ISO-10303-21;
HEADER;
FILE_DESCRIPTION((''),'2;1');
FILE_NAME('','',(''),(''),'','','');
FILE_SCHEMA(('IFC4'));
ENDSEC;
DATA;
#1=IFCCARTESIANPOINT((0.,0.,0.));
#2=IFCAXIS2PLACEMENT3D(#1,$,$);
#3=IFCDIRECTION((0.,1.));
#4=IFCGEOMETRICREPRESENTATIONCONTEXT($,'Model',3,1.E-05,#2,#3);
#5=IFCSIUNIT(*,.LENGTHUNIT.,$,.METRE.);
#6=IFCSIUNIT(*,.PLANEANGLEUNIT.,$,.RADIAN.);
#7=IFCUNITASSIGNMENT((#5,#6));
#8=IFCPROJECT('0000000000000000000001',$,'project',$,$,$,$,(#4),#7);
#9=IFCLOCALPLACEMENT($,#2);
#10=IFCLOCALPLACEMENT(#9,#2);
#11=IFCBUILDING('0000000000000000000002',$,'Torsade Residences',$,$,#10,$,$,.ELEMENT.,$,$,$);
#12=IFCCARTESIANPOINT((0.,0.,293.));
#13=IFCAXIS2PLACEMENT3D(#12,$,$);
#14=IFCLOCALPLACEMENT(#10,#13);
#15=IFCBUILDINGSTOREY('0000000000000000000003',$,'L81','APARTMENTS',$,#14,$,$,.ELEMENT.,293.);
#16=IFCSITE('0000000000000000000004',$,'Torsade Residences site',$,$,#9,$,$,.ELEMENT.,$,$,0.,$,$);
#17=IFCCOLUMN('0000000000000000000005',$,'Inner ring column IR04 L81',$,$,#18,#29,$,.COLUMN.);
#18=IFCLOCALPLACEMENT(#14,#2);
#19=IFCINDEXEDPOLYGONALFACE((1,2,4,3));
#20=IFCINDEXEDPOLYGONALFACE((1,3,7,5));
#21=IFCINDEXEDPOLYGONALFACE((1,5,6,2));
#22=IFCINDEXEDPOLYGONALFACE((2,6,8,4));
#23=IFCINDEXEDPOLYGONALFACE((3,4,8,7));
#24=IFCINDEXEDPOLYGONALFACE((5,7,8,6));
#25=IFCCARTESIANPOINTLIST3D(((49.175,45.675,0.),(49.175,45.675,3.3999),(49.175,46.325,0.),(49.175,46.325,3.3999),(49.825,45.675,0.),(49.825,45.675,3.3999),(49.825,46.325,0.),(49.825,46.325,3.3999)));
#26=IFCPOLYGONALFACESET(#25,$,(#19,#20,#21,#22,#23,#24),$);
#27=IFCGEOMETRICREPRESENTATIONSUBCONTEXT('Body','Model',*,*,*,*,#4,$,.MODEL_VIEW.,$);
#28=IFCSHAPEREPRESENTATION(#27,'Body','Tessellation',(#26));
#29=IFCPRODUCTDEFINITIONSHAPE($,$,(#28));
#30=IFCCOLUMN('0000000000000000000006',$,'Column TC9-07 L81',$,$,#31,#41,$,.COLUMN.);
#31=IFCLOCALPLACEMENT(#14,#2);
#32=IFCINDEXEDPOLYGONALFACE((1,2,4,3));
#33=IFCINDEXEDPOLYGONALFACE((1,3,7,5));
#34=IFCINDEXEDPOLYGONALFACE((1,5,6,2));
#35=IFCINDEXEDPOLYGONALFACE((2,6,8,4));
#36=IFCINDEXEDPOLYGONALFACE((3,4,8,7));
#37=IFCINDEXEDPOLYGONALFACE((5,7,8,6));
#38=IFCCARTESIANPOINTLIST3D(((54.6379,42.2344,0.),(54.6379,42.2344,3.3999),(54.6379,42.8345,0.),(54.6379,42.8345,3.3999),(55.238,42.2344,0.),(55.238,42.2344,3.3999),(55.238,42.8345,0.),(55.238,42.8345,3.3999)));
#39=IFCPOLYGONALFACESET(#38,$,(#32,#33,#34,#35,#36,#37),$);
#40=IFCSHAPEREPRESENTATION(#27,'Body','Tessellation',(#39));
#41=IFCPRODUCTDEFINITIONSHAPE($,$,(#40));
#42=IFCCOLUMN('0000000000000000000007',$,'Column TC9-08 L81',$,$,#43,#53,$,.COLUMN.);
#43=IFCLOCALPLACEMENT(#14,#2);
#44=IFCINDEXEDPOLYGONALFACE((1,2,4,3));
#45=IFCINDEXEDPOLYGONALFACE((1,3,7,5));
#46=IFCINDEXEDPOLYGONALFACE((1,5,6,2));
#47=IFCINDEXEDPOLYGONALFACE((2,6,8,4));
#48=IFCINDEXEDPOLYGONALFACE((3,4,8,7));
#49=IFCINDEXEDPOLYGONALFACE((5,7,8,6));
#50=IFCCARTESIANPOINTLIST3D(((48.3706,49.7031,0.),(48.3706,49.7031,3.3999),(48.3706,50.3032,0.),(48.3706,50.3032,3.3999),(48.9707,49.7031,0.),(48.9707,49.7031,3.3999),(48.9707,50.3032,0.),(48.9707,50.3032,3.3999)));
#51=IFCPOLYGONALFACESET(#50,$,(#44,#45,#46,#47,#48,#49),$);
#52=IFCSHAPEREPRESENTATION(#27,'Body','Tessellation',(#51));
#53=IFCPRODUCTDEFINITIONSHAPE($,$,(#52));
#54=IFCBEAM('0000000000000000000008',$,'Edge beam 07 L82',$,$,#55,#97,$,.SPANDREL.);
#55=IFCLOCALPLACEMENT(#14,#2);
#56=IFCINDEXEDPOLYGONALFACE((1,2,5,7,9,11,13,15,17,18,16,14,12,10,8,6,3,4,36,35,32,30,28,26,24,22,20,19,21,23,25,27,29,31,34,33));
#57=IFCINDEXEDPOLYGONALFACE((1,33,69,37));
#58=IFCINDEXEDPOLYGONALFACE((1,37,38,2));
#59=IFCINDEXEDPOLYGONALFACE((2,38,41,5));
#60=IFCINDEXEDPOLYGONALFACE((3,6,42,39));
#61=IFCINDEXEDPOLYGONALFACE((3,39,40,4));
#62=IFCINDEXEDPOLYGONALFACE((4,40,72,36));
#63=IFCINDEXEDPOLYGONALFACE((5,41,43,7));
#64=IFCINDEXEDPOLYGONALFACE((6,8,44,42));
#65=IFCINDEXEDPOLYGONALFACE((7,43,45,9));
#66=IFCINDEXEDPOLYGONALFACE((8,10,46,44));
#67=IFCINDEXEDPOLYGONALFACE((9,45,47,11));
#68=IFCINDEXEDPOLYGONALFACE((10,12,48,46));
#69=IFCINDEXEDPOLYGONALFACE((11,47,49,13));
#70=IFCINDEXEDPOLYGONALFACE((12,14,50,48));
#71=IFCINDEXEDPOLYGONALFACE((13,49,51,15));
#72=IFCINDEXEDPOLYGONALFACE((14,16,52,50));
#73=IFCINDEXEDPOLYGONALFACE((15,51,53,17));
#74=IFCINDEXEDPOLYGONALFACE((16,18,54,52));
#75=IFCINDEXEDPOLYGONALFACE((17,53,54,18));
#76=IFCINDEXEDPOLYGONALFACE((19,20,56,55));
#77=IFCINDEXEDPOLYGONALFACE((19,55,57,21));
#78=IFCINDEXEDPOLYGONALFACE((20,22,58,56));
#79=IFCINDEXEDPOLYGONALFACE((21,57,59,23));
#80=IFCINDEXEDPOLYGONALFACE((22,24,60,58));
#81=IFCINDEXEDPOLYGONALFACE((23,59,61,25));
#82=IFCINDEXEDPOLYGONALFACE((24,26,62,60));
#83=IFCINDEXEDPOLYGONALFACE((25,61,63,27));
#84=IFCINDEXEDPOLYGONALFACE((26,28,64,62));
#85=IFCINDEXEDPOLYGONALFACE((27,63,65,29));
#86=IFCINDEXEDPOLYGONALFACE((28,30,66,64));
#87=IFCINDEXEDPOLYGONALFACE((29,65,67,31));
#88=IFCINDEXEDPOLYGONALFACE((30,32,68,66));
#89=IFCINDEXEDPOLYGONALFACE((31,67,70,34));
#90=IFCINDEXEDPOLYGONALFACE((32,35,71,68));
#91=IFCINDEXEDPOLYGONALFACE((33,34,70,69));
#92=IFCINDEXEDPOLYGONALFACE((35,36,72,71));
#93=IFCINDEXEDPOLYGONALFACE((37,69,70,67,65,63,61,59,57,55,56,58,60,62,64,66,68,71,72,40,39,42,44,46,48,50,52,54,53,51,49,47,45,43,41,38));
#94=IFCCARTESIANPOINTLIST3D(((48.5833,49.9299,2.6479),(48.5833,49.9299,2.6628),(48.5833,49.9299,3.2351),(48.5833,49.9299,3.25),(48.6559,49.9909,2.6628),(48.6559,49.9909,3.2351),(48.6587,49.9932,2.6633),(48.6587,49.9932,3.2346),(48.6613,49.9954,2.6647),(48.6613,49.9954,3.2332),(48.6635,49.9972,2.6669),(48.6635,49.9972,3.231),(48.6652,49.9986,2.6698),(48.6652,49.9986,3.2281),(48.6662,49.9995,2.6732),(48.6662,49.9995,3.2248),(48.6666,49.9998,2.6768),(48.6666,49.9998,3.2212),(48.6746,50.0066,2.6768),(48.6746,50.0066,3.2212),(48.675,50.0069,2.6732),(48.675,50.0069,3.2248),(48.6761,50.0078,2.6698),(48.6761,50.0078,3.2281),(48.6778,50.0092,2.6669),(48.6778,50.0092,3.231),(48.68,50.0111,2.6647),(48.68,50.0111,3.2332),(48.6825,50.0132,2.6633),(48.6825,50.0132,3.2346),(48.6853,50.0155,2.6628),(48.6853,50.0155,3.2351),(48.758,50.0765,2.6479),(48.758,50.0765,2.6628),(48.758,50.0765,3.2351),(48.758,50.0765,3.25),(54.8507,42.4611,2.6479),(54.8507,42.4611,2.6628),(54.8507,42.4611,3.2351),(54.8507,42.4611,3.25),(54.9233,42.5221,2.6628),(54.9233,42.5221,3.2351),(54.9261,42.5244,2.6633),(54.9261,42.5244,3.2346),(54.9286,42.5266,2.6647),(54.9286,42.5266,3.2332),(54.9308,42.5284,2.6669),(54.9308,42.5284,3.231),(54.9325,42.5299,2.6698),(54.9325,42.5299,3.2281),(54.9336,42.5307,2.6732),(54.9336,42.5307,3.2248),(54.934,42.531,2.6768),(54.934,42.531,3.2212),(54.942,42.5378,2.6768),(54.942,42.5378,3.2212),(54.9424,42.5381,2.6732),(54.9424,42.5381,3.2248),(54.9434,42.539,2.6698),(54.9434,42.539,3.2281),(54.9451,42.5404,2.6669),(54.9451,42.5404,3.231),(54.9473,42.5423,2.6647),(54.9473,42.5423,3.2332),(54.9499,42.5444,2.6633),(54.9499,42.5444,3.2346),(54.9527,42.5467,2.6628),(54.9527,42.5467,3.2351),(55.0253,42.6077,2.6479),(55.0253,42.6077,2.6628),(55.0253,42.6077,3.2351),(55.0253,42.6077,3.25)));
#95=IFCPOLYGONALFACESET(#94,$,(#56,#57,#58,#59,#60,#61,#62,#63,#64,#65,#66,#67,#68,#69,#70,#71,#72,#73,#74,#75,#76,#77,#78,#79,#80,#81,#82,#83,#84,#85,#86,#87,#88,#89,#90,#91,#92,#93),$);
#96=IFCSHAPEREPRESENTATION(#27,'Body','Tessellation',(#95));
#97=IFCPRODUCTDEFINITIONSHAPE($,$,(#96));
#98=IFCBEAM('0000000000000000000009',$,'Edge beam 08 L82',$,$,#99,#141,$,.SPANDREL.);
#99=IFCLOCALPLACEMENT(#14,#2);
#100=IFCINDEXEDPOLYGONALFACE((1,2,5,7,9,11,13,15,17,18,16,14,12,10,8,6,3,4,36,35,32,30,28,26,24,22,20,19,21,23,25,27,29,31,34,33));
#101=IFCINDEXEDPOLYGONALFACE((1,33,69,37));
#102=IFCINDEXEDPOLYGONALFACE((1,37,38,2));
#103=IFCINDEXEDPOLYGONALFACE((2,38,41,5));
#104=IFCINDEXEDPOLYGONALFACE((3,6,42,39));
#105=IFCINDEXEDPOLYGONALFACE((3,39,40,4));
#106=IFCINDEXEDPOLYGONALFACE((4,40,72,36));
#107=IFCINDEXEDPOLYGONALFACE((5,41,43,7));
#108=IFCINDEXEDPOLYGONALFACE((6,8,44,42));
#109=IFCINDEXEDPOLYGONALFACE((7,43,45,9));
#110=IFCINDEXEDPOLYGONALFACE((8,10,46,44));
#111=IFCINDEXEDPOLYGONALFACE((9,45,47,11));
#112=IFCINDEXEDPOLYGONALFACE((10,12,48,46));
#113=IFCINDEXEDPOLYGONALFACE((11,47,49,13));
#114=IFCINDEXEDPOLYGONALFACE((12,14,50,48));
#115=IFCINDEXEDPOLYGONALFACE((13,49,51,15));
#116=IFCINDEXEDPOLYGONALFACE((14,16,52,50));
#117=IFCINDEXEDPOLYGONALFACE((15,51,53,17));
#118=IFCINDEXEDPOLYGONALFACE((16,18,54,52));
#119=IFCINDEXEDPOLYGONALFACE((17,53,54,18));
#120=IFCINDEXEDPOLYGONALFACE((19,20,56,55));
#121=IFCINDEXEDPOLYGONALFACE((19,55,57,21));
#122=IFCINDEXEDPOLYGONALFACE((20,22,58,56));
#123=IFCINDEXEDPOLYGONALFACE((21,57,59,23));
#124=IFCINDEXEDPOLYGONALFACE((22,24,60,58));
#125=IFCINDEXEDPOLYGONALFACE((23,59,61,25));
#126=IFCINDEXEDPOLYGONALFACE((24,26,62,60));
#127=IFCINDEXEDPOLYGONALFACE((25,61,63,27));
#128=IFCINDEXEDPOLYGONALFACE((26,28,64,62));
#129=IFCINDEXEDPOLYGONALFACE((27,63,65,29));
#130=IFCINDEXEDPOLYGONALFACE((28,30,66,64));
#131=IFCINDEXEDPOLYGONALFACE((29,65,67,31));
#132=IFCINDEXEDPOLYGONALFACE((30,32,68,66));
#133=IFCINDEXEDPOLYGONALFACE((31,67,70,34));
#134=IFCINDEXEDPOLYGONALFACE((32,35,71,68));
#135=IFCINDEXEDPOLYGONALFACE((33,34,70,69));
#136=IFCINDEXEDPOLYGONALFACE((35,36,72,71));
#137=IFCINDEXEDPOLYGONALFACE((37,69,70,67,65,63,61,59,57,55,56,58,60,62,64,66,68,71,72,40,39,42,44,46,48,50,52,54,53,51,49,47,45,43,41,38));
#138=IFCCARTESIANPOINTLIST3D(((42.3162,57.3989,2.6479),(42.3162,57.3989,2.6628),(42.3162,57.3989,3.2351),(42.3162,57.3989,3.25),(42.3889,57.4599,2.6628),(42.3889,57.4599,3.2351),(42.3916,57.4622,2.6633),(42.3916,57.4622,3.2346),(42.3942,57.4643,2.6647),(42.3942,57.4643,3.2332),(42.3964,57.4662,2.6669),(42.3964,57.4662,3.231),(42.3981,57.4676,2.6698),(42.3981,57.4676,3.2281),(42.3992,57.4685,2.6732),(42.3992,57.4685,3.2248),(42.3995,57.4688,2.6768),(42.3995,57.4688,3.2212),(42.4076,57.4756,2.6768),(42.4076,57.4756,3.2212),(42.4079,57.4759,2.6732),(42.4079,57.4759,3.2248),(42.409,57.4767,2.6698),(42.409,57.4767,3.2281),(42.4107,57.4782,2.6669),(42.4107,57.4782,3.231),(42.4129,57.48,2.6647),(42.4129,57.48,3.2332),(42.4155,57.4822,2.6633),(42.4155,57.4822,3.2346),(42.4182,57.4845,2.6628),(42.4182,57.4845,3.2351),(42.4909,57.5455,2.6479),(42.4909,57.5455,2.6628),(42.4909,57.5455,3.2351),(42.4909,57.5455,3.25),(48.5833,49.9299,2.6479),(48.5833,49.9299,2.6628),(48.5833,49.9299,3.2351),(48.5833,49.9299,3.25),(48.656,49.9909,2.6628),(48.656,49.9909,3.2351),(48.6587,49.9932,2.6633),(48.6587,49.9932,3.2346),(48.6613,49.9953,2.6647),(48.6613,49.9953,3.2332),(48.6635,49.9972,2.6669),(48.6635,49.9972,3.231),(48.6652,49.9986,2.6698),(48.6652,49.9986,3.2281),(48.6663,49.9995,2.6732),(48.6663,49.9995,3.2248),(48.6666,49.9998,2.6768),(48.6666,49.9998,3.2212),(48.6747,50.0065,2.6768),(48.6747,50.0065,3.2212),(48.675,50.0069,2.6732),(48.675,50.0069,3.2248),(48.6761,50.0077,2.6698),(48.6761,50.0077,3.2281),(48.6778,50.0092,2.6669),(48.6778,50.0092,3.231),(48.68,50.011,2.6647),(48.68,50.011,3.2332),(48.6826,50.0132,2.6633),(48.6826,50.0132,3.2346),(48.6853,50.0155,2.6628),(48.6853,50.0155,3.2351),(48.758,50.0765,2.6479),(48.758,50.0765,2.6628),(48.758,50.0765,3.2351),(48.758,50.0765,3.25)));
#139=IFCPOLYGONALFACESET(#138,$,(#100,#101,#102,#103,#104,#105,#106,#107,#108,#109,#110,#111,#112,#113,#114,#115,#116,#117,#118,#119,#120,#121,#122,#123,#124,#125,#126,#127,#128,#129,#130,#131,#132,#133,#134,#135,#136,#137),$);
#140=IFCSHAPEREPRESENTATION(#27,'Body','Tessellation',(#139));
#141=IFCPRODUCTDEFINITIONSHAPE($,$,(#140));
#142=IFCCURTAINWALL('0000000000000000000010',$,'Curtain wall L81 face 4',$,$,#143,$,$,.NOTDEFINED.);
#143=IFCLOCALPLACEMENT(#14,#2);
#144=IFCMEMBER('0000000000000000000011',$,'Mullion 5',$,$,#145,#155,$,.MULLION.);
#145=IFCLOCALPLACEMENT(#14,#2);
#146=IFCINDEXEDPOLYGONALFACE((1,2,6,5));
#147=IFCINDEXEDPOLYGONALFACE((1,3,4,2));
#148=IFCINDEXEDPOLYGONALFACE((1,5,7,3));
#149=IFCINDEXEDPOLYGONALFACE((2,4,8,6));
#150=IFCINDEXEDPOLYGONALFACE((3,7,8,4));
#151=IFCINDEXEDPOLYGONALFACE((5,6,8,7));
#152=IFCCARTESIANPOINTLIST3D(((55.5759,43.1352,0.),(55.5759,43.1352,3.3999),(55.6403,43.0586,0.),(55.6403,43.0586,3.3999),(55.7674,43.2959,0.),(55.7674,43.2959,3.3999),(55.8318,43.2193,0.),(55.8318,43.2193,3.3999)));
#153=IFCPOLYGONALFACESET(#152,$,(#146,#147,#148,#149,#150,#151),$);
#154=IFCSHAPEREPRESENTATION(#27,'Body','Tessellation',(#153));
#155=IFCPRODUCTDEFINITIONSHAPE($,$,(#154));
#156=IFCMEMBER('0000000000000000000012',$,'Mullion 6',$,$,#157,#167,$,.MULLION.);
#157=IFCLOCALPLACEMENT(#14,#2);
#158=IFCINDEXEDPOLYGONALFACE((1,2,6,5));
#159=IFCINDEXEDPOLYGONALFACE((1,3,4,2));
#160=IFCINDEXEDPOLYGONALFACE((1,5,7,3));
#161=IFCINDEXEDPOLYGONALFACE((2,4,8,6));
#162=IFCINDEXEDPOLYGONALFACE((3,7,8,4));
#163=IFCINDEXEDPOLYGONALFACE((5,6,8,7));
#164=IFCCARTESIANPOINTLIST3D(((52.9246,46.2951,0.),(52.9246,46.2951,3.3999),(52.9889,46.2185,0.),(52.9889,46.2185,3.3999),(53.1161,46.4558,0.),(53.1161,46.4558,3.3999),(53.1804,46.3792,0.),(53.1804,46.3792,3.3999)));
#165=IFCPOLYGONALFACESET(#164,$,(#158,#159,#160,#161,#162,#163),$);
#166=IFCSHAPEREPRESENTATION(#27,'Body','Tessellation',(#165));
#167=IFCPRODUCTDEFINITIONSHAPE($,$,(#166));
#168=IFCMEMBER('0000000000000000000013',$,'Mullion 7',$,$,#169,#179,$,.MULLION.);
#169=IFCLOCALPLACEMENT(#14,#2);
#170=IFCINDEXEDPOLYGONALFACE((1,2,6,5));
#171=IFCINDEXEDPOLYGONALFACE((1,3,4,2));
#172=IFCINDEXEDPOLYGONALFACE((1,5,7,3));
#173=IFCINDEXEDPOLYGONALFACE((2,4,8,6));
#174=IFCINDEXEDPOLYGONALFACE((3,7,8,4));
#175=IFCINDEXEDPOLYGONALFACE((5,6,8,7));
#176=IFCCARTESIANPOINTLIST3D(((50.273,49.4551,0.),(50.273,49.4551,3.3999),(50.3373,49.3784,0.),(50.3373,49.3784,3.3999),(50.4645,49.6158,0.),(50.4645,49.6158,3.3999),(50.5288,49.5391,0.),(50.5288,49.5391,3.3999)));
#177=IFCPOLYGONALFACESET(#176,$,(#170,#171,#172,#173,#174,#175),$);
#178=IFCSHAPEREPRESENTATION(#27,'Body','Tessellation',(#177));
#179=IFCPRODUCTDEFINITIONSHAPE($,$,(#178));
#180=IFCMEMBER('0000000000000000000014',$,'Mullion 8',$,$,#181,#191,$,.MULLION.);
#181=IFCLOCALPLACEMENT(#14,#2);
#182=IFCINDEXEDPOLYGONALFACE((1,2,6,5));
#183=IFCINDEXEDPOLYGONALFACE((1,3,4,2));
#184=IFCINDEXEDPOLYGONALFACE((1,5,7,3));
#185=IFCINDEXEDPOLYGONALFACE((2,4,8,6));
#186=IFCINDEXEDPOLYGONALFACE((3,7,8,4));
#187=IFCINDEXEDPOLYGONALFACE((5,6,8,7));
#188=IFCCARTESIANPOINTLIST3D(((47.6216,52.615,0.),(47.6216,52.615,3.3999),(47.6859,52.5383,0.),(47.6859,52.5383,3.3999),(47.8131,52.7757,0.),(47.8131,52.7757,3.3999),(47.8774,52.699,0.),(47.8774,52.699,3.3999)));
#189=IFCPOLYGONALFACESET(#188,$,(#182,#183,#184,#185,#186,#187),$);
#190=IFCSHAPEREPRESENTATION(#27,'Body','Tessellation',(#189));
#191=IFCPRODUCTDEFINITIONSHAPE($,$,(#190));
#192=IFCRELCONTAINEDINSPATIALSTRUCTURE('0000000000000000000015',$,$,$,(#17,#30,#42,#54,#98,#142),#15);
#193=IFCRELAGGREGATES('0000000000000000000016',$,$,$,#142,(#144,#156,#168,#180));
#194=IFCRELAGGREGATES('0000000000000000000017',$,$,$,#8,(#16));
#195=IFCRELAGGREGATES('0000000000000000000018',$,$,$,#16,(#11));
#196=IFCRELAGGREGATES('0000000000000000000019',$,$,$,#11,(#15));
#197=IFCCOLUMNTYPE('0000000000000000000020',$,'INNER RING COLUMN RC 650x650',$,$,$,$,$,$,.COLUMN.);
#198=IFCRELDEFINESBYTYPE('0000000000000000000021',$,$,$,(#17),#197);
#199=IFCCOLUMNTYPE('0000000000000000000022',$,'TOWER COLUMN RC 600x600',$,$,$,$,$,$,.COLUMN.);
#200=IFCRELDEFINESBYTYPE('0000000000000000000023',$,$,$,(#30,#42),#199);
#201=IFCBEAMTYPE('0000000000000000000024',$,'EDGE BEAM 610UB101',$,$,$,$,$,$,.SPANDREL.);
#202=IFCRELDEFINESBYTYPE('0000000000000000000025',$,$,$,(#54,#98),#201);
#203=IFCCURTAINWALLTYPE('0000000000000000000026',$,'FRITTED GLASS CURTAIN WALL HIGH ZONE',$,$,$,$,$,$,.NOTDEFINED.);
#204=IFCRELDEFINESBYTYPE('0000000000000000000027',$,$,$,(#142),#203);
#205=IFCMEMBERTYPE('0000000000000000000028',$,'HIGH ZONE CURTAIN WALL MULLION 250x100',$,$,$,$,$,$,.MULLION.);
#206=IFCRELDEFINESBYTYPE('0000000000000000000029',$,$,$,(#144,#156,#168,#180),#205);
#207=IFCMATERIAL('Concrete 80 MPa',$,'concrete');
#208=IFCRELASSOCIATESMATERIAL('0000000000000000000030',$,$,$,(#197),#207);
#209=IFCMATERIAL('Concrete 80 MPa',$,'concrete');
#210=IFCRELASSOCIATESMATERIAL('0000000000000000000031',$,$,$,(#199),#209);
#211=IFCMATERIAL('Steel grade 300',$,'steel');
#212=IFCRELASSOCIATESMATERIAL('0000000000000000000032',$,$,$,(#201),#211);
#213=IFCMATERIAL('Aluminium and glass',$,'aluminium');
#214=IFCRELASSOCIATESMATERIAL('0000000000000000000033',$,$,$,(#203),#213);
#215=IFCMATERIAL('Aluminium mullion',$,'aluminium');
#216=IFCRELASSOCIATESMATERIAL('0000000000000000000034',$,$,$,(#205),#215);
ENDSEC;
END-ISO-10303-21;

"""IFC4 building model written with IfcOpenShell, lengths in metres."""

from ifc_helpers import new_model, si_unit, direction, frame, origin, origin_2d, place, context, subcontext, project, spatial, rectangle, i_section, extrude, material, material_profile, profile_set, type_object, element, aggregate, save


model = new_model("IFC4")

# Units and contexts
model_context = context("Model", 3, precision=1e-05, world=origin(), true_north=direction((0.0, 1.0)))
body_context = subcontext(model_context, "Body", "Model", "MODEL_VIEW")
ifc_project = project(units=[si_unit("LENGTHUNIT", "METRE"), si_unit("PLANEANGLEUNIT", "RADIAN")], contexts=[model_context])

# Site, building, storey
site_placement = place(None, origin())
site = spatial("IfcSite", under=ifc_project, at=site_placement, Name="Torsade Residences site", CompositionType="ELEMENT", RefElevation=0.0)
building_placement = place(site_placement, origin())
building = spatial("IfcBuilding", under=site, at=building_placement, Name="Torsade Residences", CompositionType="ELEMENT")
storey_placement = place(building_placement, frame((0.0, 0.0, 293.0)))
storey = spatial("IfcBuildingStorey", under=building, at=storey_placement, Name="L81", Description="APARTMENTS", CompositionType="ELEMENT", Elevation=293.0)

# Columns
ifc_material_1 = material(Name="Concrete 80 MPa", Category="concrete")
ifc_material_profile_1 = material_profile(ifc_material_1, rectangle(XDim=0.6499, YDim=0.6499, at=origin_2d()), Name="RC 650x650")
ifc_profile_set_1 = profile_set([ifc_material_profile_1], Name="Concrete 80 MPa")
column_type_1 = type_object("IfcColumnType", Name="INNER RING COLUMN RC 650x650", PredefinedType="COLUMN", material=ifc_profile_set_1)
column_placement = place(storey_placement, frame((49.5, 46.0, 0.0), z_axis=(0.0, 0.0, 1.0), x_axis=(1.0, 0.0, 0.0)))
element("IfcColumn", 1, at=column_placement, inside=storey, type_object=column_type_1, Name="Inner ring column IR04 L81", PredefinedType="COLUMN", context=body_context, shape_type="SweptSolid", body=[
    extrude(rectangle(XDim=0.6499, YDim=0.6499, at=origin_2d()), origin(), (0.0, 0.0, 1.0), 3.3999),
])
ifc_material_2 = material(Name="Concrete 80 MPa", Category="concrete")
ifc_material_profile_2 = material_profile(ifc_material_2, rectangle(XDim=0.6001, YDim=0.6001, at=origin_2d()), Name="RC 600x600")
ifc_profile_set_2 = profile_set([ifc_material_profile_2], Name="Concrete 80 MPa")
column_type_2 = type_object("IfcColumnType", Name="TOWER COLUMN RC 600x600", PredefinedType="COLUMN", material=ifc_profile_set_2)
for number, where, z_axis, x_axis, name in (
    (2, (54.938, 42.5344, 0.0), (0.0, 0.0, 1.0), (1.0, 0.0, 0.0), "Column TC9-07 L81"),
    (3, (48.6707, 50.0032, 0.0), (0.0, 0.0, 1.0), (1.0, 0.0, 0.0), "Column TC9-08 L81"),
):
    element("IfcColumn", number, at=place(storey_placement, frame(where, z_axis=z_axis, x_axis=x_axis)), inside=storey, type_object=column_type_2, Name=name, PredefinedType="COLUMN", context=body_context, shape_type="SweptSolid", body=[
        extrude(rectangle(XDim=0.6001, YDim=0.6001, at=origin_2d()), origin(), (0.0, 0.0, 1.0), 3.3999),
    ])

# Beams
ifc_material_3 = material(Name="Steel grade 300", Category="steel")
ifc_material_profile_3 = material_profile(ifc_material_3, i_section(OverallWidth=0.228, OverallDepth=0.6021, WebThickness=0.0105, FlangeThickness=0.0149, FilletRadius=0.0139, at=origin_2d()), Name="610UB101")
ifc_profile_set_3 = profile_set([ifc_material_profile_3], Name="Steel grade 300")
beam_type_1 = type_object("IfcBeamType", Name="EDGE BEAM 610UB101", PredefinedType="SPANDREL", material=ifc_profile_set_3)
for number, where, z_axis, x_axis, name in (
    (4, (54.938, 42.5344, 2.949), (-0.642806, 0.766029, 0.0), (-0.766029, -0.642806, 0.0), "Edge beam 07 L82"),
    (5, (48.6707, 50.0032, 2.949), (-0.642779, 0.766052, 0.0), (-0.766052, -0.642779, 0.0), "Edge beam 08 L82"),
):
    element("IfcBeam", number, at=place(storey_placement, frame(where, z_axis=z_axis, x_axis=x_axis)), inside=storey, type_object=beam_type_1, Name=name, PredefinedType="SPANDREL", context=body_context, shape_type="SweptSolid", body=[
        extrude(i_section(OverallWidth=0.228, OverallDepth=0.6021, WebThickness=0.0105, FlangeThickness=0.0149, FilletRadius=0.0139, at=origin_2d()), origin(), (0.0, 0.0, 1.0), 9.75),
    ])

# Curtain wall, members
ifc_material_4 = material(Name="Aluminium and glass", Category="aluminium")
curtain_wall_type = type_object("IfcCurtainWallType", Name="FRITTED GLASS CURTAIN WALL HIGH ZONE", PredefinedType="NOTDEFINED", material=ifc_material_4)
curtain_wall_placement = place(storey_placement, origin())
curtain_wall = element("IfcCurtainWall", 6, at=curtain_wall_placement, inside=storey, type_object=curtain_wall_type, Name="Curtain wall L81 face 4", PredefinedType="NOTDEFINED")
ifc_material_5 = material(Name="Aluminium mullion", Category="aluminium")
ifc_material_profile_4 = material_profile(ifc_material_5, rectangle(XDim=0.25, YDim=0.1001, at=origin_2d()), Name="HIGH ZONE CURTAIN WALL MULLION 250x100")
ifc_profile_set_4 = profile_set([ifc_material_profile_4], Name="Aluminium mullion")
member_type_1 = type_object("IfcMemberType", Name="HIGH ZONE CURTAIN WALL MULLION 250x100", PredefinedType="MULLION", material=ifc_profile_set_4)
member_1_placement = place(storey_placement, frame((55.7039, 43.1772, 0.0), z_axis=(0.0, 0.0, 1.0), x_axis=(-0.766044, -0.642788, 0.0)))
member_1 = element("IfcMember", 7, at=member_1_placement, type_object=member_type_1, Name="Mullion 5", PredefinedType="MULLION", context=body_context, shape_type="SweptSolid", body=[
    extrude(rectangle(XDim=0.25, YDim=0.1001, at=origin_2d()), origin(), (0.0, 0.0, 1.0), 3.3999),
])
member_2_placement = place(storey_placement, frame((53.0525, 46.3372, 0.0), z_axis=(0.0, 0.0, 1.0), x_axis=(-0.766044, -0.642788, 0.0)))
member_2 = element("IfcMember", 8, at=member_2_placement, type_object=member_type_1, Name="Mullion 6", PredefinedType="MULLION", context=body_context, shape_type="SweptSolid", body=[
    extrude(rectangle(XDim=0.25, YDim=0.1001, at=origin_2d()), origin(), (0.0, 0.0, 1.0), 3.3999),
])
member_3_placement = place(storey_placement, frame((50.4009, 49.4971, 0.0), z_axis=(0.0, 0.0, 1.0), x_axis=(-0.766044, -0.642788, 0.0)))
member_3 = element("IfcMember", 9, at=member_3_placement, type_object=member_type_1, Name="Mullion 7", PredefinedType="MULLION", context=body_context, shape_type="SweptSolid", body=[
    extrude(rectangle(XDim=0.25, YDim=0.1001, at=origin_2d()), origin(), (0.0, 0.0, 1.0), 3.3999),
])
member_4_placement = place(storey_placement, frame((47.7495, 52.657, 0.0), z_axis=(0.0, 0.0, 1.0), x_axis=(-0.766044, -0.642788, 0.0)))
member_4 = element("IfcMember", 10, at=member_4_placement, type_object=member_type_1, Name="Mullion 8", PredefinedType="MULLION", context=body_context, shape_type="SweptSolid", body=[
    extrude(rectangle(XDim=0.25, YDim=0.1001, at=origin_2d()), origin(), (0.0, 0.0, 1.0), 3.3999),
])

aggregate(curtain_wall, [member_1, member_2, member_3, member_4])

save(model, "model.ifc")
